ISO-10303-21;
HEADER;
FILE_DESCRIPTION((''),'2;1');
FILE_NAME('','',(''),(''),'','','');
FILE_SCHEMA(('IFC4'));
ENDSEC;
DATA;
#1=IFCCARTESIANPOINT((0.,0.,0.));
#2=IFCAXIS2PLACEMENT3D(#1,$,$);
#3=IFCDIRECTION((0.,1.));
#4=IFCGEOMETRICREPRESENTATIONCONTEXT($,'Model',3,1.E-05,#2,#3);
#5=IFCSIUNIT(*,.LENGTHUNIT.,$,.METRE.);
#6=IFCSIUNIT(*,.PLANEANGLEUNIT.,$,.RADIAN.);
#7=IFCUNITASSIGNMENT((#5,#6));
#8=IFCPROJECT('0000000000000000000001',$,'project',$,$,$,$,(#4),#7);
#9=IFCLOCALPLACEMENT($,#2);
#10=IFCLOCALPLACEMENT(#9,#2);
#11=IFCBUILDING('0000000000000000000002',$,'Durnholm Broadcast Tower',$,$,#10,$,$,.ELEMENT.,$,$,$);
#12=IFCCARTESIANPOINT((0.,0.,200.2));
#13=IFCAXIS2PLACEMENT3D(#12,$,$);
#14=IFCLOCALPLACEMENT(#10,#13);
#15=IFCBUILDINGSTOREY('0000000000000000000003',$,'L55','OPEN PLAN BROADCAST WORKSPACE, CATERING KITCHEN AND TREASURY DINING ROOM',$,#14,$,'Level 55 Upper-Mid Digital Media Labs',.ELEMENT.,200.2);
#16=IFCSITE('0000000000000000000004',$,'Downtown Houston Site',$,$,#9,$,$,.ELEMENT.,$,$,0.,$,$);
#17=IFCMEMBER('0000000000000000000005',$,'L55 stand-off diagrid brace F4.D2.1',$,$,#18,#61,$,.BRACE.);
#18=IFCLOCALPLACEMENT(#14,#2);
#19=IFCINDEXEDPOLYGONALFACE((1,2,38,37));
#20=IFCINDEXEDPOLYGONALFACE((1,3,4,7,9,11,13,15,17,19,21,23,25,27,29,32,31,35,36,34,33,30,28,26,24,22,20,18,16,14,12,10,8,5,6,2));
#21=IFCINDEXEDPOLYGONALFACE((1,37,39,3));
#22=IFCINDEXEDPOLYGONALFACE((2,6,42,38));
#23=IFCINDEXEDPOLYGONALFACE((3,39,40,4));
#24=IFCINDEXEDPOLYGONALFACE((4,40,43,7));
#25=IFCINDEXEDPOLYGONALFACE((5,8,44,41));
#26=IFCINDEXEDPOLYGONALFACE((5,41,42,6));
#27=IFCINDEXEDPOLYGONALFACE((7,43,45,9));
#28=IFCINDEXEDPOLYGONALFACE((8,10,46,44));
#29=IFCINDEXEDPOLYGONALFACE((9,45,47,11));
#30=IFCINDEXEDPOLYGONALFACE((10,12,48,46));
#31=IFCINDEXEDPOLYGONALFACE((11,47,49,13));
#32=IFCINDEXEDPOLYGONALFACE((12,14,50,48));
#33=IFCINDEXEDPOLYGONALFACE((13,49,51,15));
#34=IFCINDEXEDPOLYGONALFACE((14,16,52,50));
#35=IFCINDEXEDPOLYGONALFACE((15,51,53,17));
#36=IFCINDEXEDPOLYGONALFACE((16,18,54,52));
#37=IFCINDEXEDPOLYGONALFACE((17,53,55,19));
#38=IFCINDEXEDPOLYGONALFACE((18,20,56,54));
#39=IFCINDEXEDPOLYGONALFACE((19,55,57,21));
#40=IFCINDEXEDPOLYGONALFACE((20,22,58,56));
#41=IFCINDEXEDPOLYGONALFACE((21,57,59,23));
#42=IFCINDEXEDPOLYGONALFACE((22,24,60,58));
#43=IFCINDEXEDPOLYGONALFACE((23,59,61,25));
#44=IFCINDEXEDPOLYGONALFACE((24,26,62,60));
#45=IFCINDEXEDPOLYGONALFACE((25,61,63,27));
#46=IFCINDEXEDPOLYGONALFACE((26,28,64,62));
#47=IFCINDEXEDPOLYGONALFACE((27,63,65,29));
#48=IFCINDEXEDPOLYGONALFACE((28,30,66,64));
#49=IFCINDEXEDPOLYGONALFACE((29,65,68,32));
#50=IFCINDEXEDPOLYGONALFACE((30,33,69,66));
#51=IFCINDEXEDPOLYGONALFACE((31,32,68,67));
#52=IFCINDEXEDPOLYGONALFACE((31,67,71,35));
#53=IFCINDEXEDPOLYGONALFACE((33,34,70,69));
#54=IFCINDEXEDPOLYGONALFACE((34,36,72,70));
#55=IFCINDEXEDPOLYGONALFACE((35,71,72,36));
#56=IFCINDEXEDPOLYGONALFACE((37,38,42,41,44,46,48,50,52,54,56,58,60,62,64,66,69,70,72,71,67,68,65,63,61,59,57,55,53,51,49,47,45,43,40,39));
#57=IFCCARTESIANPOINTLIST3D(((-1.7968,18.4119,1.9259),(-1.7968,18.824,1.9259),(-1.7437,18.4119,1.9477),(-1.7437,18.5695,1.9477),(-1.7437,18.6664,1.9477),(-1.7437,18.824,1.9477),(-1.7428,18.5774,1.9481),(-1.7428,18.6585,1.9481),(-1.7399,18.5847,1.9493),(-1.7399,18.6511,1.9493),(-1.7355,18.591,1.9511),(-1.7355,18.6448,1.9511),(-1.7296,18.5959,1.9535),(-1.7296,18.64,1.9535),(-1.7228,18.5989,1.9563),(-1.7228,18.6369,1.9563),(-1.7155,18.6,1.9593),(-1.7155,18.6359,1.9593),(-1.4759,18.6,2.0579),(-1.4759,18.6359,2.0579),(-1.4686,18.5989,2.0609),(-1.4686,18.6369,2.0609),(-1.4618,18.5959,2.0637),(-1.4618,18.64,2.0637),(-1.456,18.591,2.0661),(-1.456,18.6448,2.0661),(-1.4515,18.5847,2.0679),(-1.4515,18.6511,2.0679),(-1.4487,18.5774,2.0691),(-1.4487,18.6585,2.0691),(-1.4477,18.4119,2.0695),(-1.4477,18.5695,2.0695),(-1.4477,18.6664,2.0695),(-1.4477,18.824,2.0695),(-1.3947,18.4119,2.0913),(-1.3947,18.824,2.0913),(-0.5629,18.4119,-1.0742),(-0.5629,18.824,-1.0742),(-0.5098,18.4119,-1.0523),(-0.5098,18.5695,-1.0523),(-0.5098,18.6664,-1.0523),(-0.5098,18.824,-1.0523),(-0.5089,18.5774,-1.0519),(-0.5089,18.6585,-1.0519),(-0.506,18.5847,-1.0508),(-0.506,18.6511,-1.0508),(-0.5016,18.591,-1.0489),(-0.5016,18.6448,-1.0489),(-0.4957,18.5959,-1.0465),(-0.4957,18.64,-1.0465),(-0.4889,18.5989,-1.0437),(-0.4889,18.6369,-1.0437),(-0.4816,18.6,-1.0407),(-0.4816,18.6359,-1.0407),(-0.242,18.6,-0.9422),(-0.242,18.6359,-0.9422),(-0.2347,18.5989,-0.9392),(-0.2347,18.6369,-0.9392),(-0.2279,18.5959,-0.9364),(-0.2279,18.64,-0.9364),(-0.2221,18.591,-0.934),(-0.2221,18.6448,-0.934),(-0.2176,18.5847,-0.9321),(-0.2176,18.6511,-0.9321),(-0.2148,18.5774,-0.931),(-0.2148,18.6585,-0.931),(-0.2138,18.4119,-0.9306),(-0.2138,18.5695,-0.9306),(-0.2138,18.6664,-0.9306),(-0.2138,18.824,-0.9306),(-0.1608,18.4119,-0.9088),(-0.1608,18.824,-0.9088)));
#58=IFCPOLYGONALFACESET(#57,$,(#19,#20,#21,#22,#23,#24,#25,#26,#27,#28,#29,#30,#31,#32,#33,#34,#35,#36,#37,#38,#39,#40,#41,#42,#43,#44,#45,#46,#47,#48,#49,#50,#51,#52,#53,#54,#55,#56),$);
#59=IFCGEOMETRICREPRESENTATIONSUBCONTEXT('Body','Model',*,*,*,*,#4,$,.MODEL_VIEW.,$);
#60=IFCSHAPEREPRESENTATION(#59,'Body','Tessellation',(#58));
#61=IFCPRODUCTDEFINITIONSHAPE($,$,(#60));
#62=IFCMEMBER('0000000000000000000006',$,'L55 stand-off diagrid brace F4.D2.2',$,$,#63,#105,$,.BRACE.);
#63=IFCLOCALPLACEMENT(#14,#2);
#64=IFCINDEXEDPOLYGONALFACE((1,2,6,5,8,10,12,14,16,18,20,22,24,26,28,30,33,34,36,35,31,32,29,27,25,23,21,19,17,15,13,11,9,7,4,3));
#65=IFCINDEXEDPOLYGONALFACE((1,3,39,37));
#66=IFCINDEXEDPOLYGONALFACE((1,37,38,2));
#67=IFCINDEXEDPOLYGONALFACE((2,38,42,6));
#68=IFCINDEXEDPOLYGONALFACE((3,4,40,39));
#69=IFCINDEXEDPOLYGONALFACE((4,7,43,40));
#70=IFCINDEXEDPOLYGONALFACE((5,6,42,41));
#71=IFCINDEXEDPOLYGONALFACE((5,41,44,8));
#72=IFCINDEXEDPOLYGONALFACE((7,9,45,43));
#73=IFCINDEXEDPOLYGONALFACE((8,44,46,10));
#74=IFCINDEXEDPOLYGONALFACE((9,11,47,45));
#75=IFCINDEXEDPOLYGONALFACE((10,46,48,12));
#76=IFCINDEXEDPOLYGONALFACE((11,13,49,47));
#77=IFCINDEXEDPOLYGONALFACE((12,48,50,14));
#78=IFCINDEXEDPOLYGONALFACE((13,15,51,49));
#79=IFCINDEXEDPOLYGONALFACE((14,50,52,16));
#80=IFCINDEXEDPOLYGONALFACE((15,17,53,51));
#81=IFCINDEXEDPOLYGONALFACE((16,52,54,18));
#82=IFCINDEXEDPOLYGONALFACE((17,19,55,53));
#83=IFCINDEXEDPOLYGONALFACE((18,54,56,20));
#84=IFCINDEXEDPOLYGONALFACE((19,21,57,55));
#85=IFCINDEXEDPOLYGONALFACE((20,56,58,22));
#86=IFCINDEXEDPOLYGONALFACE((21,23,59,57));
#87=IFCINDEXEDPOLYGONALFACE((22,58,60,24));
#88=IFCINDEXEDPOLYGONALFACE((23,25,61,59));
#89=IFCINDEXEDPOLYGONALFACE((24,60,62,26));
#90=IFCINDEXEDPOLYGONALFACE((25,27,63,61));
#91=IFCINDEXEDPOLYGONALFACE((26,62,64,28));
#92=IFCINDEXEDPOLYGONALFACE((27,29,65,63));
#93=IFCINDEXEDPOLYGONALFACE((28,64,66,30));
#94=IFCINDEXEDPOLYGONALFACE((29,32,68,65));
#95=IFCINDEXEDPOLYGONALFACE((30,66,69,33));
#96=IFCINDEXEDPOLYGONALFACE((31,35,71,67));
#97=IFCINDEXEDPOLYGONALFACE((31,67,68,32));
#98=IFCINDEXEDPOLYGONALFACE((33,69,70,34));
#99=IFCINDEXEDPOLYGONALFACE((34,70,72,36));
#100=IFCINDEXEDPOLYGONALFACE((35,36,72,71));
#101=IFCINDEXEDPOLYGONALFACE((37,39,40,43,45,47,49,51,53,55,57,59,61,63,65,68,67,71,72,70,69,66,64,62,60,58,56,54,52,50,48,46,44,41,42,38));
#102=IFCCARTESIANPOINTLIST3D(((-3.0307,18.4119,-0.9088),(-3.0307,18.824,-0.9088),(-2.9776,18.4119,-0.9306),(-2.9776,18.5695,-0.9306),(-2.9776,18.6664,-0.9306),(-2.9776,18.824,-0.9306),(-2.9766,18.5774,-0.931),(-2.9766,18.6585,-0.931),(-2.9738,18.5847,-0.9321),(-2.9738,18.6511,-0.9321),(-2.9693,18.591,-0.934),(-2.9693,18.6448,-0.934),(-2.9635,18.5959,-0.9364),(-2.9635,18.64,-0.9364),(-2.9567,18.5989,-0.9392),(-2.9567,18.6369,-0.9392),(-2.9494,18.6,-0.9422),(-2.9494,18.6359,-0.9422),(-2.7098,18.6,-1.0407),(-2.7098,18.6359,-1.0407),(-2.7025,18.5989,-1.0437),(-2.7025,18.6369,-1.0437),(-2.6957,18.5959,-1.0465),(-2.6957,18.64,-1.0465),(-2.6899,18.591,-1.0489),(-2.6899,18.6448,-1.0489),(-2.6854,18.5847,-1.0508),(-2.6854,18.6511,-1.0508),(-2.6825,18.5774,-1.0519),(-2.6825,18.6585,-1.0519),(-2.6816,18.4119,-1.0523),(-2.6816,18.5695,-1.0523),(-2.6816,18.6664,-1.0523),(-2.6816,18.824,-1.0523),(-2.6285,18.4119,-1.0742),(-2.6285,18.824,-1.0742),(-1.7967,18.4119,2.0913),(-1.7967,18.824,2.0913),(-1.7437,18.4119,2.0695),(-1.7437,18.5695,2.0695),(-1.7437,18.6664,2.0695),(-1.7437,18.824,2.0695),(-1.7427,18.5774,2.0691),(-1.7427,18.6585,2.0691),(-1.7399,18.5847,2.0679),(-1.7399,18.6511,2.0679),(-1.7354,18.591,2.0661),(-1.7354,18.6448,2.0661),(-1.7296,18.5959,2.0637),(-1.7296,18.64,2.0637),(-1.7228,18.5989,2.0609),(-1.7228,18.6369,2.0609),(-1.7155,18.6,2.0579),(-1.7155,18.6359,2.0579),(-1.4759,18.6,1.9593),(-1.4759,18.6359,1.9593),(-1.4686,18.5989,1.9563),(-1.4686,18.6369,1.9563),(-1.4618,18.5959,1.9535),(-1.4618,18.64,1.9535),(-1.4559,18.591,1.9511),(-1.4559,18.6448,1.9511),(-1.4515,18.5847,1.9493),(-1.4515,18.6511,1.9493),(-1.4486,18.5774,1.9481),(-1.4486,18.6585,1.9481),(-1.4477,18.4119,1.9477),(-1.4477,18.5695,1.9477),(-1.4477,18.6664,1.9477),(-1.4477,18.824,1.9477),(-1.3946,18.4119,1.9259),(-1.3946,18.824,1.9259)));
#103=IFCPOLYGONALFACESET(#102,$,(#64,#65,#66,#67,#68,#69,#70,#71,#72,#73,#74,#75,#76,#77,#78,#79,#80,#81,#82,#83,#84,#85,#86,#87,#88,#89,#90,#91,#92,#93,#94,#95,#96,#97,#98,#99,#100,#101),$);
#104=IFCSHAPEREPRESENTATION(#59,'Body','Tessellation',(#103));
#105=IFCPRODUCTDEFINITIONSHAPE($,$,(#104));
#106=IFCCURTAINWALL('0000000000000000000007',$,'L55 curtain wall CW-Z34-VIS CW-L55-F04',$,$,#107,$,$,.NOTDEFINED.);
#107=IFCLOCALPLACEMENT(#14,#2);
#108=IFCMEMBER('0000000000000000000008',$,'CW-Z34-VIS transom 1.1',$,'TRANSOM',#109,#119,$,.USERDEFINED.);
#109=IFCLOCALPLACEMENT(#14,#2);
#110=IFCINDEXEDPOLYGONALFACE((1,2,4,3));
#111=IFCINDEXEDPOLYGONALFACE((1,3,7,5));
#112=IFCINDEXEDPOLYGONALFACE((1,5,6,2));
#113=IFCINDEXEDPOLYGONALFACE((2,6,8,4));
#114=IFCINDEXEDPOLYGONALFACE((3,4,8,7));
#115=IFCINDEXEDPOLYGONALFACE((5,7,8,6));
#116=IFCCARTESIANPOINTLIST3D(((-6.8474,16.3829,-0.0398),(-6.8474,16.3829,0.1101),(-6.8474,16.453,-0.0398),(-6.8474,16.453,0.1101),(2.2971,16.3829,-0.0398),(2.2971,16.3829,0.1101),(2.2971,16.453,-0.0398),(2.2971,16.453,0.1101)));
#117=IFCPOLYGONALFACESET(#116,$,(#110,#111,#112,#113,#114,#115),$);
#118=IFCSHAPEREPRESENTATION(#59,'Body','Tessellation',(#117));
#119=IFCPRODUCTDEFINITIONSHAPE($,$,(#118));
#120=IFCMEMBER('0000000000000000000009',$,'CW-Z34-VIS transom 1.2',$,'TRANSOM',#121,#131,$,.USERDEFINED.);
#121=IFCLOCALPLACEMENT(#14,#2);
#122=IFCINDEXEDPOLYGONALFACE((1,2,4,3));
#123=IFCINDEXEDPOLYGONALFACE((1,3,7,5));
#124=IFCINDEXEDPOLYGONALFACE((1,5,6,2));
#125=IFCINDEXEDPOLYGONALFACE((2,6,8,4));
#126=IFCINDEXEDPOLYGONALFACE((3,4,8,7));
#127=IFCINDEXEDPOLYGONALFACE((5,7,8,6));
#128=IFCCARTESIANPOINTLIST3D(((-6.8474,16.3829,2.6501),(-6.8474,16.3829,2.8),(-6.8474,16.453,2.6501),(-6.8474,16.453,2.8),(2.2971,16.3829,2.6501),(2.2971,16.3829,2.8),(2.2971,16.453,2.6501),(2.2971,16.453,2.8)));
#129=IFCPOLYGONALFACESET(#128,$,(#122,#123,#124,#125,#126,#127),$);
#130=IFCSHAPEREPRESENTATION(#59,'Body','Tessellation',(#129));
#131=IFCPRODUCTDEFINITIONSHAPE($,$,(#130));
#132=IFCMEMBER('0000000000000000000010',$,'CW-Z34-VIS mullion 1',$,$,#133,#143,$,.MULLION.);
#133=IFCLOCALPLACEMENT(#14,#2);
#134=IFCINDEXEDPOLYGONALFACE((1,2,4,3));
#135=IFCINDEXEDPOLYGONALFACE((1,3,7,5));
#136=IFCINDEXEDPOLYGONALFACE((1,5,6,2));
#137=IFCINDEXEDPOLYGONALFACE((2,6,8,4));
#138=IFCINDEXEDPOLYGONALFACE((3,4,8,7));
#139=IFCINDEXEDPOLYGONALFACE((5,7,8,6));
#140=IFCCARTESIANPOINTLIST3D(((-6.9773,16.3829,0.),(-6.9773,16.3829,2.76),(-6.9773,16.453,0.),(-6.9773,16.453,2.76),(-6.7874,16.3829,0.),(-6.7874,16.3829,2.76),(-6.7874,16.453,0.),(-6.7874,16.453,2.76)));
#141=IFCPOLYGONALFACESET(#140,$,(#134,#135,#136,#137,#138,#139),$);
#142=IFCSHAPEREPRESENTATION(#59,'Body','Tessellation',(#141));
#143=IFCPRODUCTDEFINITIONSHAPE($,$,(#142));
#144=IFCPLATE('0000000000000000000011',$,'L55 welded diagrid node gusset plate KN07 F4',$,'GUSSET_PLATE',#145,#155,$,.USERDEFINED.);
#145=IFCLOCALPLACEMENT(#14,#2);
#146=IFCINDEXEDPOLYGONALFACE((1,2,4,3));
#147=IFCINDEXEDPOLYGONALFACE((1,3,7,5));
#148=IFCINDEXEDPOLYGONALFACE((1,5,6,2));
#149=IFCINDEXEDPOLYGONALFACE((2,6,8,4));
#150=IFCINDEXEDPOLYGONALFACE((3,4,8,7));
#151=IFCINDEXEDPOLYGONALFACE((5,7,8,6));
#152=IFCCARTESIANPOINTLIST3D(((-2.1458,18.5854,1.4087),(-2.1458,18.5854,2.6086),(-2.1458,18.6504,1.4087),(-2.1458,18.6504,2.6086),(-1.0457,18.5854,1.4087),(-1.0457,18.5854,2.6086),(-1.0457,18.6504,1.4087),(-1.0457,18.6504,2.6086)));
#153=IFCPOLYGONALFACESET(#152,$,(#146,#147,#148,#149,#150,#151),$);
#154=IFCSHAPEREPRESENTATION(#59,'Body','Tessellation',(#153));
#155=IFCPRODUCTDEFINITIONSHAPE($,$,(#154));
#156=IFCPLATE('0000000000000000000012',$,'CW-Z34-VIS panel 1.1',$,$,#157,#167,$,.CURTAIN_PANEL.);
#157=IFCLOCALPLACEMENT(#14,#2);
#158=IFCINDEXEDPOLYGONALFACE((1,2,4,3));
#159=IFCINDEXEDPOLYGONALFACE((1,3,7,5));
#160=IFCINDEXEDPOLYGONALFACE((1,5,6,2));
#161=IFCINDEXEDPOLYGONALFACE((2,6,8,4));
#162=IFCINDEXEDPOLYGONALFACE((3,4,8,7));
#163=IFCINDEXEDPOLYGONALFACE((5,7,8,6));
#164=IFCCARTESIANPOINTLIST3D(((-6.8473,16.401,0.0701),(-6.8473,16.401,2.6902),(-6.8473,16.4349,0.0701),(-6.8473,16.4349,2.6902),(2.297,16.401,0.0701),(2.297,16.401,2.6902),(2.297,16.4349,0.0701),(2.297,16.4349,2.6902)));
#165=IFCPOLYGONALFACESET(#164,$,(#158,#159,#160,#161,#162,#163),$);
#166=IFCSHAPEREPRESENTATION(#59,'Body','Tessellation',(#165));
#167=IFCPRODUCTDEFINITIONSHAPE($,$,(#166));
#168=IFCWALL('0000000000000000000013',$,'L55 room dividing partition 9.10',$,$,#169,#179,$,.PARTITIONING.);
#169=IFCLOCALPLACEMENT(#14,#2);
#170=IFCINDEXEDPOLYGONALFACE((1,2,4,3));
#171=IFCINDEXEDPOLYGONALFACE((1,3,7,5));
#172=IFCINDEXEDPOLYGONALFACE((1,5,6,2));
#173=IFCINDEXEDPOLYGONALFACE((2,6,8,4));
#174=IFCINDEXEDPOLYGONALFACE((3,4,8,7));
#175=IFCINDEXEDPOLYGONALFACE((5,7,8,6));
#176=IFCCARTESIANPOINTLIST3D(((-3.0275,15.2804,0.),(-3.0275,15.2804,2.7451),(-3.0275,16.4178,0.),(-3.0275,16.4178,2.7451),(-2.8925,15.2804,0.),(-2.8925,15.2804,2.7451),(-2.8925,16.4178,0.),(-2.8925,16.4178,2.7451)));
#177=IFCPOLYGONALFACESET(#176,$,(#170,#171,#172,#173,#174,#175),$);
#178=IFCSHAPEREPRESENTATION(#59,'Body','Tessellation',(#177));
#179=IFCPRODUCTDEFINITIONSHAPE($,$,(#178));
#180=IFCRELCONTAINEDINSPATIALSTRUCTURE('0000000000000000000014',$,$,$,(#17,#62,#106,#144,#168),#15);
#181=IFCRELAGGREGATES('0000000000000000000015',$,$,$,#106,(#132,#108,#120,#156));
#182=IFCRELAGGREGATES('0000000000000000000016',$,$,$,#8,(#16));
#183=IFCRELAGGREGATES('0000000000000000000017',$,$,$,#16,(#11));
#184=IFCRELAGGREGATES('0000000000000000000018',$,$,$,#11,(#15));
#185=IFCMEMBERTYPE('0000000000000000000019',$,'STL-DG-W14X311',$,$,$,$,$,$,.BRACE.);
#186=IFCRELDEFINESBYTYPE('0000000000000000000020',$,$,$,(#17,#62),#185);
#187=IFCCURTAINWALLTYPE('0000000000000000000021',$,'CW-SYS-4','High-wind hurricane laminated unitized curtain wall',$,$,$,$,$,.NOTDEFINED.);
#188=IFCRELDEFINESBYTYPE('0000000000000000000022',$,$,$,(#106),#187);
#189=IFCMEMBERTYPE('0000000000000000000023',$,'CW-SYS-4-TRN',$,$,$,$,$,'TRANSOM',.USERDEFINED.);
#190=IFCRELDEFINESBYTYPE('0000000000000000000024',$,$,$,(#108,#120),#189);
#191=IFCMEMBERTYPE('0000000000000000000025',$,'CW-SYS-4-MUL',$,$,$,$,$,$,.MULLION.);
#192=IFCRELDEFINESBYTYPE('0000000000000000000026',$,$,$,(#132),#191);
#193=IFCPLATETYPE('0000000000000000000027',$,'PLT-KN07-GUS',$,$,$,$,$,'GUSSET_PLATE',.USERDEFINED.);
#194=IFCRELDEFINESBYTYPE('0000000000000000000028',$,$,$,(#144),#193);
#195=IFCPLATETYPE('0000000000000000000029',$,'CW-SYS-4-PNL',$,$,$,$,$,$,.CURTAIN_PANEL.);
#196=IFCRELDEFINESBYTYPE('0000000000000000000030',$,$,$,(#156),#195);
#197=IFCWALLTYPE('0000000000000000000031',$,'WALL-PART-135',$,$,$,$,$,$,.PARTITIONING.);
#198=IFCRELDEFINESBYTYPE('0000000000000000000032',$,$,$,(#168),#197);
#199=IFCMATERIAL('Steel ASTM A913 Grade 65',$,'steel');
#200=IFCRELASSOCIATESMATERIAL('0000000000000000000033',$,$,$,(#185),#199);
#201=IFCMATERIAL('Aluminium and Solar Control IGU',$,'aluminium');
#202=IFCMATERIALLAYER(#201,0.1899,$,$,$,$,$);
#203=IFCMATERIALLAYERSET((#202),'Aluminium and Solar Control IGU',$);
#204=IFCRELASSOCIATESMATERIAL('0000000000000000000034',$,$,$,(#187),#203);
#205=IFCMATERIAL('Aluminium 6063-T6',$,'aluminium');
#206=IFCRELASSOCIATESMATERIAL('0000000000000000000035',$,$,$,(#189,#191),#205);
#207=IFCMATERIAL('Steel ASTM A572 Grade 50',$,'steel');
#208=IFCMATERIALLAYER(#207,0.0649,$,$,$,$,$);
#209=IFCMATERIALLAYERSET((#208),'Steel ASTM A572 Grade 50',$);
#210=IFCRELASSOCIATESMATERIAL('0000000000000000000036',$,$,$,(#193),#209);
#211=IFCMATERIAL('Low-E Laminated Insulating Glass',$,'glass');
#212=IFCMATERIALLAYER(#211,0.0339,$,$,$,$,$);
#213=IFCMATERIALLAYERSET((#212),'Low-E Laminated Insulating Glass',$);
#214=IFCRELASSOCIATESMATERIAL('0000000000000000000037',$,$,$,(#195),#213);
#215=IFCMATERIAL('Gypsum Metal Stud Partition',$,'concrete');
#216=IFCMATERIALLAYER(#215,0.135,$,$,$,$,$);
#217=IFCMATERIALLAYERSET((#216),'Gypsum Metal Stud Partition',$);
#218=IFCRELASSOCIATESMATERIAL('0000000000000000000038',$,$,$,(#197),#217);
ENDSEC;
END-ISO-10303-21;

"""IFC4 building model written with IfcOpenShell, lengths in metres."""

from ifc_helpers import new_model, si_unit, direction, frame, frame_2d, origin, origin_2d, place, context, subcontext, project, spatial, rectangle, i_section, extrude, source, transform, mapped, material, layer, layer_set, material_profile, profile_set, type_object, type_shapes, element, aggregate, save


model = new_model("IFC4")

# Units and contexts
model_context = context("Model", 3, precision=1e-05, world=origin(), true_north=direction((0.0, 1.0)))
body_context = subcontext(model_context, "Body", "Model", "MODEL_VIEW")
ifc_project = project(units=[si_unit("LENGTHUNIT", "METRE"), si_unit("PLANEANGLEUNIT", "RADIAN")], contexts=[model_context])

# Site, building, storey
site_placement = place(None, origin())
site = spatial("IfcSite", under=ifc_project, at=site_placement, Name="Downtown Houston Site", CompositionType="ELEMENT", RefElevation=0.0)
building_placement = place(site_placement, origin())
building = spatial("IfcBuilding", under=site, at=building_placement, Name="Durnholm Broadcast Tower", CompositionType="ELEMENT")
storey_placement = place(building_placement, frame((0.0, 0.0, 200.2)))
storey = spatial("IfcBuildingStorey", under=building, at=storey_placement, Name="L55", Description="OPEN PLAN BROADCAST WORKSPACE, CATERING KITCHEN AND TREASURY DINING ROOM", LongName="Level 55 Upper-Mid Digital Media Labs", CompositionType="ELEMENT", Elevation=200.2)

# Members
ifc_material_1 = material(Name="Steel ASTM A913 Grade 65", Category="steel")
ifc_material_profile_1 = material_profile(ifc_material_1, i_section(OverallWidth=0.4121, OverallDepth=0.4348, WebThickness=0.0359, FlangeThickness=0.0574, FilletRadius=0.0305, at=origin_2d()), Name="W14X311")
ifc_profile_set_1 = profile_set([ifc_material_profile_1], Name="Steel ASTM A913 Grade 65")
member_type_1 = type_object("IfcMemberType", Name="STL-DG-W14X311", PredefinedType="BRACE", material=ifc_profile_set_1)
shared_shape_1 = source(origin(), body_context, "Body", "SweptSolid", [
    extrude(i_section(OverallWidth=0.4121, OverallDepth=0.4348, WebThickness=0.0359, FlangeThickness=0.0574, FilletRadius=0.0305, at=origin_2d()), origin(), (0.0, 0.0, 1.0), 3.2439),
])
type_shapes(member_type_1, [shared_shape_1])
for number, where, z_axis, x_axis, name in (
    (1, (-0.3618, 18.6179, -0.9915), (-0.380379, 0.0, 0.924831), (0.0, -1.0, 0.0), "L55 stand-off diagrid brace F4.D2.1"),
    (2, (-2.8296, 18.6179, -0.9915), (0.380379, 0.0, 0.924831), (0.0, 1.0, 0.0), "L55 stand-off diagrid brace F4.D2.2"),
):
    element("IfcMember", number, at=place(storey_placement, frame(where, z_axis=z_axis, x_axis=x_axis)), inside=storey, type_object=member_type_1, Name=name, PredefinedType="BRACE", context=body_context, shape_type="MappedRepresentation", body=[
        mapped(shared_shape_1, transform((0.0, 0.0, 0.0), x_axis=(1.0, 0.0, 0.0), y_axis=(0.0, 1.0, 0.0), z_axis=(0.0, 0.0, 1.0), scale=1.0)),
    ])

# Curtain wall, members
ifc_material_2 = material(Name="Aluminium and Solar Control IGU", Category="aluminium")
ifc_layer_1 = layer(ifc_material_2, 0.1899)
ifc_layer_set_1 = layer_set([ifc_layer_1], Name="Aluminium and Solar Control IGU")
curtain_wall_type = type_object("IfcCurtainWallType", Name="CW-SYS-4", Description="High-wind hurricane laminated unitized curtain wall", PredefinedType="NOTDEFINED", material=ifc_layer_set_1)
curtain_wall_placement = place(storey_placement, origin())
curtain_wall = element("IfcCurtainWall", 3, at=curtain_wall_placement, inside=storey, type_object=curtain_wall_type, Name="L55 curtain wall CW-Z34-VIS CW-L55-F04", PredefinedType="NOTDEFINED")
ifc_material_3 = material(Name="Aluminium 6063-T6", Category="aluminium")
ifc_material_profile_2 = material_profile(ifc_material_3, rectangle(XDim=0.0701, YDim=0.1499, at=origin_2d()), Name="CWT70X150")
ifc_profile_set_2 = profile_set([ifc_material_profile_2], Name="Aluminium 6063-T6")
member_type_2 = type_object("IfcMemberType", Name="CW-SYS-4-TRN", ElementType="TRANSOM", PredefinedType="USERDEFINED", material=ifc_profile_set_2)
shared_shape_2 = source(origin(), body_context, "Body", "SweptSolid", [
    extrude(rectangle(XDim=0.0701, YDim=0.1499, at=origin_2d()), origin(), (0.0, 0.0, 1.0), 9.1445),
])
type_shapes(member_type_2, [shared_shape_2])
member_1_placement = place(storey_placement, frame((-6.8474, 16.418, 0.0352), z_axis=(1.0, 0.0, 0.0), x_axis=(0.0, 1.0, 0.0)))
member_1 = element("IfcMember", 4, at=member_1_placement, type_object=member_type_2, Name="CW-Z34-VIS transom 1.1", ObjectType="TRANSOM", PredefinedType="USERDEFINED", context=body_context, shape_type="MappedRepresentation", body=[
    mapped(shared_shape_2, transform((0.0, 0.0, 0.0), x_axis=(1.0, 0.0, 0.0), y_axis=(0.0, 1.0, 0.0), z_axis=(0.0, 0.0, 1.0), scale=1.0)),
])
member_2_placement = place(storey_placement, frame((-6.8474, 16.418, 2.7251), z_axis=(1.0, 0.0, 0.0), x_axis=(0.0, 1.0, 0.0)))
member_2 = element("IfcMember", 5, at=member_2_placement, type_object=member_type_2, Name="CW-Z34-VIS transom 1.2", ObjectType="TRANSOM", PredefinedType="USERDEFINED", context=body_context, shape_type="MappedRepresentation", body=[
    mapped(shared_shape_2, transform((0.0, 0.0, 0.0), x_axis=(1.0, 0.0, 0.0), y_axis=(0.0, 1.0, 0.0), z_axis=(0.0, 0.0, 1.0), scale=1.0)),
])
ifc_material_profile_3 = material_profile(ifc_material_3, rectangle(XDim=0.0701, YDim=0.1899, at=origin_2d()), Name="CWM70X190")
ifc_profile_set_3 = profile_set([ifc_material_profile_3], Name="Aluminium 6063-T6")
member_type_3 = type_object("IfcMemberType", Name="CW-SYS-4-MUL", PredefinedType="MULLION", material=ifc_profile_set_3)
shared_shape_3 = source(origin(), body_context, "Body", "SweptSolid", [
    extrude(rectangle(XDim=0.0701, YDim=0.1899, at=origin_2d()), origin(), (0.0, 0.0, 1.0), 2.76),
])
type_shapes(member_type_3, [shared_shape_3])
member_3_placement = place(storey_placement, frame((-6.8823, 16.418, 0.0), z_axis=(0.0, 0.0, 1.0), x_axis=(0.0, 1.0, 0.0)))
member_3 = element("IfcMember", 6, at=member_3_placement, type_object=member_type_3, Name="CW-Z34-VIS mullion 1", PredefinedType="MULLION", context=body_context, shape_type="MappedRepresentation", body=[
    mapped(shared_shape_3, transform((0.0, 0.0, 0.0), x_axis=(1.0, 0.0, 0.0), y_axis=(0.0, 1.0, 0.0), z_axis=(0.0, 0.0, 1.0), scale=1.0)),
])

# Plates
ifc_material_4 = material(Name="Steel ASTM A572 Grade 50", Category="steel")
ifc_layer_2 = layer(ifc_material_4, 0.0649)
ifc_layer_set_2 = layer_set([ifc_layer_2], Name="Steel ASTM A572 Grade 50")
plate_type_1 = type_object("IfcPlateType", Name="PLT-KN07-GUS", ElementType="GUSSET_PLATE", PredefinedType="USERDEFINED", material=ifc_layer_set_2)
shared_shape_4 = source(origin(), body_context, "Body", "SweptSolid", [
    extrude(rectangle(XDim=1.1001, YDim=0.0649, at=origin_2d()), origin(), (0.0, 0.0, 1.0), 1.2),
])
type_shapes(plate_type_1, [shared_shape_4])
plate_1_placement = place(storey_placement, frame((-1.5957, 18.6179, 1.4087), z_axis=(0.0, 0.0, 1.0), x_axis=(-1.0, 0.0, 0.0)))
element("IfcPlate", 7, at=plate_1_placement, inside=storey, type_object=plate_type_1, Name="L55 welded diagrid node gusset plate KN07 F4", ObjectType="GUSSET_PLATE", PredefinedType="USERDEFINED", context=body_context, shape_type="MappedRepresentation", body=[
    mapped(shared_shape_4, transform((0.0, 0.0, 0.0), x_axis=(1.0, 0.0, 0.0), y_axis=(0.0, 1.0, 0.0), z_axis=(0.0, 0.0, 1.0), scale=1.0)),
])
ifc_material_5 = material(Name="Low-E Laminated Insulating Glass", Category="glass")
ifc_layer_3 = layer(ifc_material_5, 0.0339)
ifc_layer_set_3 = layer_set([ifc_layer_3], Name="Low-E Laminated Insulating Glass")
plate_type_2 = type_object("IfcPlateType", Name="CW-SYS-4-PNL", PredefinedType="CURTAIN_PANEL", material=ifc_layer_set_3)
shared_shape_5 = source(origin(), body_context, "Body", "SweptSolid", [
    extrude(rectangle(XDim=9.1443, YDim=0.0339, at=origin_2d()), origin(), (0.0, 0.0, 1.0), 2.6201),
])
type_shapes(plate_type_2, [shared_shape_5])
plate_2_placement = place(storey_placement, frame((-2.2751, 16.418, 0.0701), z_axis=(0.0, 0.0, 1.0), x_axis=(1.0, 0.0, 0.0)))
plate_2 = element("IfcPlate", 8, at=plate_2_placement, type_object=plate_type_2, Name="CW-Z34-VIS panel 1.1", PredefinedType="CURTAIN_PANEL", context=body_context, shape_type="MappedRepresentation", body=[
    mapped(shared_shape_5, transform((0.0, 0.0, 0.0), x_axis=(1.0, 0.0, 0.0), y_axis=(0.0, 1.0, 0.0), z_axis=(0.0, 0.0, 1.0), scale=1.0)),
])
aggregate(curtain_wall, [member_3, member_1, member_2, plate_2])

# Wall
ifc_material_6 = material(Name="Gypsum Metal Stud Partition", Category="concrete")
ifc_layer_4 = layer(ifc_material_6, 0.135)
ifc_layer_set_4 = layer_set([ifc_layer_4], Name="Gypsum Metal Stud Partition")
wall_type_1 = type_object("IfcWallType", Name="WALL-PART-135", PredefinedType="PARTITIONING", material=ifc_layer_set_4)
wall_1_placement = place(storey_placement, frame((-2.96, 16.418, 0.0), z_axis=(0.0, 0.0, 1.0), x_axis=(0.0, -1.0, 0.0)))
element("IfcWall", 9, at=wall_1_placement, inside=storey, type_object=wall_type_1, Name="L55 room dividing partition 9.10", PredefinedType="PARTITIONING", context=body_context, shape_type="SweptSolid", body=[
    extrude(rectangle(XDim=1.1375, YDim=0.135, at=frame_2d((0.5688, 0.0))), origin(), (0.0, 0.0, 1.0), 2.7451),
])

save(model, "model.ifc")
